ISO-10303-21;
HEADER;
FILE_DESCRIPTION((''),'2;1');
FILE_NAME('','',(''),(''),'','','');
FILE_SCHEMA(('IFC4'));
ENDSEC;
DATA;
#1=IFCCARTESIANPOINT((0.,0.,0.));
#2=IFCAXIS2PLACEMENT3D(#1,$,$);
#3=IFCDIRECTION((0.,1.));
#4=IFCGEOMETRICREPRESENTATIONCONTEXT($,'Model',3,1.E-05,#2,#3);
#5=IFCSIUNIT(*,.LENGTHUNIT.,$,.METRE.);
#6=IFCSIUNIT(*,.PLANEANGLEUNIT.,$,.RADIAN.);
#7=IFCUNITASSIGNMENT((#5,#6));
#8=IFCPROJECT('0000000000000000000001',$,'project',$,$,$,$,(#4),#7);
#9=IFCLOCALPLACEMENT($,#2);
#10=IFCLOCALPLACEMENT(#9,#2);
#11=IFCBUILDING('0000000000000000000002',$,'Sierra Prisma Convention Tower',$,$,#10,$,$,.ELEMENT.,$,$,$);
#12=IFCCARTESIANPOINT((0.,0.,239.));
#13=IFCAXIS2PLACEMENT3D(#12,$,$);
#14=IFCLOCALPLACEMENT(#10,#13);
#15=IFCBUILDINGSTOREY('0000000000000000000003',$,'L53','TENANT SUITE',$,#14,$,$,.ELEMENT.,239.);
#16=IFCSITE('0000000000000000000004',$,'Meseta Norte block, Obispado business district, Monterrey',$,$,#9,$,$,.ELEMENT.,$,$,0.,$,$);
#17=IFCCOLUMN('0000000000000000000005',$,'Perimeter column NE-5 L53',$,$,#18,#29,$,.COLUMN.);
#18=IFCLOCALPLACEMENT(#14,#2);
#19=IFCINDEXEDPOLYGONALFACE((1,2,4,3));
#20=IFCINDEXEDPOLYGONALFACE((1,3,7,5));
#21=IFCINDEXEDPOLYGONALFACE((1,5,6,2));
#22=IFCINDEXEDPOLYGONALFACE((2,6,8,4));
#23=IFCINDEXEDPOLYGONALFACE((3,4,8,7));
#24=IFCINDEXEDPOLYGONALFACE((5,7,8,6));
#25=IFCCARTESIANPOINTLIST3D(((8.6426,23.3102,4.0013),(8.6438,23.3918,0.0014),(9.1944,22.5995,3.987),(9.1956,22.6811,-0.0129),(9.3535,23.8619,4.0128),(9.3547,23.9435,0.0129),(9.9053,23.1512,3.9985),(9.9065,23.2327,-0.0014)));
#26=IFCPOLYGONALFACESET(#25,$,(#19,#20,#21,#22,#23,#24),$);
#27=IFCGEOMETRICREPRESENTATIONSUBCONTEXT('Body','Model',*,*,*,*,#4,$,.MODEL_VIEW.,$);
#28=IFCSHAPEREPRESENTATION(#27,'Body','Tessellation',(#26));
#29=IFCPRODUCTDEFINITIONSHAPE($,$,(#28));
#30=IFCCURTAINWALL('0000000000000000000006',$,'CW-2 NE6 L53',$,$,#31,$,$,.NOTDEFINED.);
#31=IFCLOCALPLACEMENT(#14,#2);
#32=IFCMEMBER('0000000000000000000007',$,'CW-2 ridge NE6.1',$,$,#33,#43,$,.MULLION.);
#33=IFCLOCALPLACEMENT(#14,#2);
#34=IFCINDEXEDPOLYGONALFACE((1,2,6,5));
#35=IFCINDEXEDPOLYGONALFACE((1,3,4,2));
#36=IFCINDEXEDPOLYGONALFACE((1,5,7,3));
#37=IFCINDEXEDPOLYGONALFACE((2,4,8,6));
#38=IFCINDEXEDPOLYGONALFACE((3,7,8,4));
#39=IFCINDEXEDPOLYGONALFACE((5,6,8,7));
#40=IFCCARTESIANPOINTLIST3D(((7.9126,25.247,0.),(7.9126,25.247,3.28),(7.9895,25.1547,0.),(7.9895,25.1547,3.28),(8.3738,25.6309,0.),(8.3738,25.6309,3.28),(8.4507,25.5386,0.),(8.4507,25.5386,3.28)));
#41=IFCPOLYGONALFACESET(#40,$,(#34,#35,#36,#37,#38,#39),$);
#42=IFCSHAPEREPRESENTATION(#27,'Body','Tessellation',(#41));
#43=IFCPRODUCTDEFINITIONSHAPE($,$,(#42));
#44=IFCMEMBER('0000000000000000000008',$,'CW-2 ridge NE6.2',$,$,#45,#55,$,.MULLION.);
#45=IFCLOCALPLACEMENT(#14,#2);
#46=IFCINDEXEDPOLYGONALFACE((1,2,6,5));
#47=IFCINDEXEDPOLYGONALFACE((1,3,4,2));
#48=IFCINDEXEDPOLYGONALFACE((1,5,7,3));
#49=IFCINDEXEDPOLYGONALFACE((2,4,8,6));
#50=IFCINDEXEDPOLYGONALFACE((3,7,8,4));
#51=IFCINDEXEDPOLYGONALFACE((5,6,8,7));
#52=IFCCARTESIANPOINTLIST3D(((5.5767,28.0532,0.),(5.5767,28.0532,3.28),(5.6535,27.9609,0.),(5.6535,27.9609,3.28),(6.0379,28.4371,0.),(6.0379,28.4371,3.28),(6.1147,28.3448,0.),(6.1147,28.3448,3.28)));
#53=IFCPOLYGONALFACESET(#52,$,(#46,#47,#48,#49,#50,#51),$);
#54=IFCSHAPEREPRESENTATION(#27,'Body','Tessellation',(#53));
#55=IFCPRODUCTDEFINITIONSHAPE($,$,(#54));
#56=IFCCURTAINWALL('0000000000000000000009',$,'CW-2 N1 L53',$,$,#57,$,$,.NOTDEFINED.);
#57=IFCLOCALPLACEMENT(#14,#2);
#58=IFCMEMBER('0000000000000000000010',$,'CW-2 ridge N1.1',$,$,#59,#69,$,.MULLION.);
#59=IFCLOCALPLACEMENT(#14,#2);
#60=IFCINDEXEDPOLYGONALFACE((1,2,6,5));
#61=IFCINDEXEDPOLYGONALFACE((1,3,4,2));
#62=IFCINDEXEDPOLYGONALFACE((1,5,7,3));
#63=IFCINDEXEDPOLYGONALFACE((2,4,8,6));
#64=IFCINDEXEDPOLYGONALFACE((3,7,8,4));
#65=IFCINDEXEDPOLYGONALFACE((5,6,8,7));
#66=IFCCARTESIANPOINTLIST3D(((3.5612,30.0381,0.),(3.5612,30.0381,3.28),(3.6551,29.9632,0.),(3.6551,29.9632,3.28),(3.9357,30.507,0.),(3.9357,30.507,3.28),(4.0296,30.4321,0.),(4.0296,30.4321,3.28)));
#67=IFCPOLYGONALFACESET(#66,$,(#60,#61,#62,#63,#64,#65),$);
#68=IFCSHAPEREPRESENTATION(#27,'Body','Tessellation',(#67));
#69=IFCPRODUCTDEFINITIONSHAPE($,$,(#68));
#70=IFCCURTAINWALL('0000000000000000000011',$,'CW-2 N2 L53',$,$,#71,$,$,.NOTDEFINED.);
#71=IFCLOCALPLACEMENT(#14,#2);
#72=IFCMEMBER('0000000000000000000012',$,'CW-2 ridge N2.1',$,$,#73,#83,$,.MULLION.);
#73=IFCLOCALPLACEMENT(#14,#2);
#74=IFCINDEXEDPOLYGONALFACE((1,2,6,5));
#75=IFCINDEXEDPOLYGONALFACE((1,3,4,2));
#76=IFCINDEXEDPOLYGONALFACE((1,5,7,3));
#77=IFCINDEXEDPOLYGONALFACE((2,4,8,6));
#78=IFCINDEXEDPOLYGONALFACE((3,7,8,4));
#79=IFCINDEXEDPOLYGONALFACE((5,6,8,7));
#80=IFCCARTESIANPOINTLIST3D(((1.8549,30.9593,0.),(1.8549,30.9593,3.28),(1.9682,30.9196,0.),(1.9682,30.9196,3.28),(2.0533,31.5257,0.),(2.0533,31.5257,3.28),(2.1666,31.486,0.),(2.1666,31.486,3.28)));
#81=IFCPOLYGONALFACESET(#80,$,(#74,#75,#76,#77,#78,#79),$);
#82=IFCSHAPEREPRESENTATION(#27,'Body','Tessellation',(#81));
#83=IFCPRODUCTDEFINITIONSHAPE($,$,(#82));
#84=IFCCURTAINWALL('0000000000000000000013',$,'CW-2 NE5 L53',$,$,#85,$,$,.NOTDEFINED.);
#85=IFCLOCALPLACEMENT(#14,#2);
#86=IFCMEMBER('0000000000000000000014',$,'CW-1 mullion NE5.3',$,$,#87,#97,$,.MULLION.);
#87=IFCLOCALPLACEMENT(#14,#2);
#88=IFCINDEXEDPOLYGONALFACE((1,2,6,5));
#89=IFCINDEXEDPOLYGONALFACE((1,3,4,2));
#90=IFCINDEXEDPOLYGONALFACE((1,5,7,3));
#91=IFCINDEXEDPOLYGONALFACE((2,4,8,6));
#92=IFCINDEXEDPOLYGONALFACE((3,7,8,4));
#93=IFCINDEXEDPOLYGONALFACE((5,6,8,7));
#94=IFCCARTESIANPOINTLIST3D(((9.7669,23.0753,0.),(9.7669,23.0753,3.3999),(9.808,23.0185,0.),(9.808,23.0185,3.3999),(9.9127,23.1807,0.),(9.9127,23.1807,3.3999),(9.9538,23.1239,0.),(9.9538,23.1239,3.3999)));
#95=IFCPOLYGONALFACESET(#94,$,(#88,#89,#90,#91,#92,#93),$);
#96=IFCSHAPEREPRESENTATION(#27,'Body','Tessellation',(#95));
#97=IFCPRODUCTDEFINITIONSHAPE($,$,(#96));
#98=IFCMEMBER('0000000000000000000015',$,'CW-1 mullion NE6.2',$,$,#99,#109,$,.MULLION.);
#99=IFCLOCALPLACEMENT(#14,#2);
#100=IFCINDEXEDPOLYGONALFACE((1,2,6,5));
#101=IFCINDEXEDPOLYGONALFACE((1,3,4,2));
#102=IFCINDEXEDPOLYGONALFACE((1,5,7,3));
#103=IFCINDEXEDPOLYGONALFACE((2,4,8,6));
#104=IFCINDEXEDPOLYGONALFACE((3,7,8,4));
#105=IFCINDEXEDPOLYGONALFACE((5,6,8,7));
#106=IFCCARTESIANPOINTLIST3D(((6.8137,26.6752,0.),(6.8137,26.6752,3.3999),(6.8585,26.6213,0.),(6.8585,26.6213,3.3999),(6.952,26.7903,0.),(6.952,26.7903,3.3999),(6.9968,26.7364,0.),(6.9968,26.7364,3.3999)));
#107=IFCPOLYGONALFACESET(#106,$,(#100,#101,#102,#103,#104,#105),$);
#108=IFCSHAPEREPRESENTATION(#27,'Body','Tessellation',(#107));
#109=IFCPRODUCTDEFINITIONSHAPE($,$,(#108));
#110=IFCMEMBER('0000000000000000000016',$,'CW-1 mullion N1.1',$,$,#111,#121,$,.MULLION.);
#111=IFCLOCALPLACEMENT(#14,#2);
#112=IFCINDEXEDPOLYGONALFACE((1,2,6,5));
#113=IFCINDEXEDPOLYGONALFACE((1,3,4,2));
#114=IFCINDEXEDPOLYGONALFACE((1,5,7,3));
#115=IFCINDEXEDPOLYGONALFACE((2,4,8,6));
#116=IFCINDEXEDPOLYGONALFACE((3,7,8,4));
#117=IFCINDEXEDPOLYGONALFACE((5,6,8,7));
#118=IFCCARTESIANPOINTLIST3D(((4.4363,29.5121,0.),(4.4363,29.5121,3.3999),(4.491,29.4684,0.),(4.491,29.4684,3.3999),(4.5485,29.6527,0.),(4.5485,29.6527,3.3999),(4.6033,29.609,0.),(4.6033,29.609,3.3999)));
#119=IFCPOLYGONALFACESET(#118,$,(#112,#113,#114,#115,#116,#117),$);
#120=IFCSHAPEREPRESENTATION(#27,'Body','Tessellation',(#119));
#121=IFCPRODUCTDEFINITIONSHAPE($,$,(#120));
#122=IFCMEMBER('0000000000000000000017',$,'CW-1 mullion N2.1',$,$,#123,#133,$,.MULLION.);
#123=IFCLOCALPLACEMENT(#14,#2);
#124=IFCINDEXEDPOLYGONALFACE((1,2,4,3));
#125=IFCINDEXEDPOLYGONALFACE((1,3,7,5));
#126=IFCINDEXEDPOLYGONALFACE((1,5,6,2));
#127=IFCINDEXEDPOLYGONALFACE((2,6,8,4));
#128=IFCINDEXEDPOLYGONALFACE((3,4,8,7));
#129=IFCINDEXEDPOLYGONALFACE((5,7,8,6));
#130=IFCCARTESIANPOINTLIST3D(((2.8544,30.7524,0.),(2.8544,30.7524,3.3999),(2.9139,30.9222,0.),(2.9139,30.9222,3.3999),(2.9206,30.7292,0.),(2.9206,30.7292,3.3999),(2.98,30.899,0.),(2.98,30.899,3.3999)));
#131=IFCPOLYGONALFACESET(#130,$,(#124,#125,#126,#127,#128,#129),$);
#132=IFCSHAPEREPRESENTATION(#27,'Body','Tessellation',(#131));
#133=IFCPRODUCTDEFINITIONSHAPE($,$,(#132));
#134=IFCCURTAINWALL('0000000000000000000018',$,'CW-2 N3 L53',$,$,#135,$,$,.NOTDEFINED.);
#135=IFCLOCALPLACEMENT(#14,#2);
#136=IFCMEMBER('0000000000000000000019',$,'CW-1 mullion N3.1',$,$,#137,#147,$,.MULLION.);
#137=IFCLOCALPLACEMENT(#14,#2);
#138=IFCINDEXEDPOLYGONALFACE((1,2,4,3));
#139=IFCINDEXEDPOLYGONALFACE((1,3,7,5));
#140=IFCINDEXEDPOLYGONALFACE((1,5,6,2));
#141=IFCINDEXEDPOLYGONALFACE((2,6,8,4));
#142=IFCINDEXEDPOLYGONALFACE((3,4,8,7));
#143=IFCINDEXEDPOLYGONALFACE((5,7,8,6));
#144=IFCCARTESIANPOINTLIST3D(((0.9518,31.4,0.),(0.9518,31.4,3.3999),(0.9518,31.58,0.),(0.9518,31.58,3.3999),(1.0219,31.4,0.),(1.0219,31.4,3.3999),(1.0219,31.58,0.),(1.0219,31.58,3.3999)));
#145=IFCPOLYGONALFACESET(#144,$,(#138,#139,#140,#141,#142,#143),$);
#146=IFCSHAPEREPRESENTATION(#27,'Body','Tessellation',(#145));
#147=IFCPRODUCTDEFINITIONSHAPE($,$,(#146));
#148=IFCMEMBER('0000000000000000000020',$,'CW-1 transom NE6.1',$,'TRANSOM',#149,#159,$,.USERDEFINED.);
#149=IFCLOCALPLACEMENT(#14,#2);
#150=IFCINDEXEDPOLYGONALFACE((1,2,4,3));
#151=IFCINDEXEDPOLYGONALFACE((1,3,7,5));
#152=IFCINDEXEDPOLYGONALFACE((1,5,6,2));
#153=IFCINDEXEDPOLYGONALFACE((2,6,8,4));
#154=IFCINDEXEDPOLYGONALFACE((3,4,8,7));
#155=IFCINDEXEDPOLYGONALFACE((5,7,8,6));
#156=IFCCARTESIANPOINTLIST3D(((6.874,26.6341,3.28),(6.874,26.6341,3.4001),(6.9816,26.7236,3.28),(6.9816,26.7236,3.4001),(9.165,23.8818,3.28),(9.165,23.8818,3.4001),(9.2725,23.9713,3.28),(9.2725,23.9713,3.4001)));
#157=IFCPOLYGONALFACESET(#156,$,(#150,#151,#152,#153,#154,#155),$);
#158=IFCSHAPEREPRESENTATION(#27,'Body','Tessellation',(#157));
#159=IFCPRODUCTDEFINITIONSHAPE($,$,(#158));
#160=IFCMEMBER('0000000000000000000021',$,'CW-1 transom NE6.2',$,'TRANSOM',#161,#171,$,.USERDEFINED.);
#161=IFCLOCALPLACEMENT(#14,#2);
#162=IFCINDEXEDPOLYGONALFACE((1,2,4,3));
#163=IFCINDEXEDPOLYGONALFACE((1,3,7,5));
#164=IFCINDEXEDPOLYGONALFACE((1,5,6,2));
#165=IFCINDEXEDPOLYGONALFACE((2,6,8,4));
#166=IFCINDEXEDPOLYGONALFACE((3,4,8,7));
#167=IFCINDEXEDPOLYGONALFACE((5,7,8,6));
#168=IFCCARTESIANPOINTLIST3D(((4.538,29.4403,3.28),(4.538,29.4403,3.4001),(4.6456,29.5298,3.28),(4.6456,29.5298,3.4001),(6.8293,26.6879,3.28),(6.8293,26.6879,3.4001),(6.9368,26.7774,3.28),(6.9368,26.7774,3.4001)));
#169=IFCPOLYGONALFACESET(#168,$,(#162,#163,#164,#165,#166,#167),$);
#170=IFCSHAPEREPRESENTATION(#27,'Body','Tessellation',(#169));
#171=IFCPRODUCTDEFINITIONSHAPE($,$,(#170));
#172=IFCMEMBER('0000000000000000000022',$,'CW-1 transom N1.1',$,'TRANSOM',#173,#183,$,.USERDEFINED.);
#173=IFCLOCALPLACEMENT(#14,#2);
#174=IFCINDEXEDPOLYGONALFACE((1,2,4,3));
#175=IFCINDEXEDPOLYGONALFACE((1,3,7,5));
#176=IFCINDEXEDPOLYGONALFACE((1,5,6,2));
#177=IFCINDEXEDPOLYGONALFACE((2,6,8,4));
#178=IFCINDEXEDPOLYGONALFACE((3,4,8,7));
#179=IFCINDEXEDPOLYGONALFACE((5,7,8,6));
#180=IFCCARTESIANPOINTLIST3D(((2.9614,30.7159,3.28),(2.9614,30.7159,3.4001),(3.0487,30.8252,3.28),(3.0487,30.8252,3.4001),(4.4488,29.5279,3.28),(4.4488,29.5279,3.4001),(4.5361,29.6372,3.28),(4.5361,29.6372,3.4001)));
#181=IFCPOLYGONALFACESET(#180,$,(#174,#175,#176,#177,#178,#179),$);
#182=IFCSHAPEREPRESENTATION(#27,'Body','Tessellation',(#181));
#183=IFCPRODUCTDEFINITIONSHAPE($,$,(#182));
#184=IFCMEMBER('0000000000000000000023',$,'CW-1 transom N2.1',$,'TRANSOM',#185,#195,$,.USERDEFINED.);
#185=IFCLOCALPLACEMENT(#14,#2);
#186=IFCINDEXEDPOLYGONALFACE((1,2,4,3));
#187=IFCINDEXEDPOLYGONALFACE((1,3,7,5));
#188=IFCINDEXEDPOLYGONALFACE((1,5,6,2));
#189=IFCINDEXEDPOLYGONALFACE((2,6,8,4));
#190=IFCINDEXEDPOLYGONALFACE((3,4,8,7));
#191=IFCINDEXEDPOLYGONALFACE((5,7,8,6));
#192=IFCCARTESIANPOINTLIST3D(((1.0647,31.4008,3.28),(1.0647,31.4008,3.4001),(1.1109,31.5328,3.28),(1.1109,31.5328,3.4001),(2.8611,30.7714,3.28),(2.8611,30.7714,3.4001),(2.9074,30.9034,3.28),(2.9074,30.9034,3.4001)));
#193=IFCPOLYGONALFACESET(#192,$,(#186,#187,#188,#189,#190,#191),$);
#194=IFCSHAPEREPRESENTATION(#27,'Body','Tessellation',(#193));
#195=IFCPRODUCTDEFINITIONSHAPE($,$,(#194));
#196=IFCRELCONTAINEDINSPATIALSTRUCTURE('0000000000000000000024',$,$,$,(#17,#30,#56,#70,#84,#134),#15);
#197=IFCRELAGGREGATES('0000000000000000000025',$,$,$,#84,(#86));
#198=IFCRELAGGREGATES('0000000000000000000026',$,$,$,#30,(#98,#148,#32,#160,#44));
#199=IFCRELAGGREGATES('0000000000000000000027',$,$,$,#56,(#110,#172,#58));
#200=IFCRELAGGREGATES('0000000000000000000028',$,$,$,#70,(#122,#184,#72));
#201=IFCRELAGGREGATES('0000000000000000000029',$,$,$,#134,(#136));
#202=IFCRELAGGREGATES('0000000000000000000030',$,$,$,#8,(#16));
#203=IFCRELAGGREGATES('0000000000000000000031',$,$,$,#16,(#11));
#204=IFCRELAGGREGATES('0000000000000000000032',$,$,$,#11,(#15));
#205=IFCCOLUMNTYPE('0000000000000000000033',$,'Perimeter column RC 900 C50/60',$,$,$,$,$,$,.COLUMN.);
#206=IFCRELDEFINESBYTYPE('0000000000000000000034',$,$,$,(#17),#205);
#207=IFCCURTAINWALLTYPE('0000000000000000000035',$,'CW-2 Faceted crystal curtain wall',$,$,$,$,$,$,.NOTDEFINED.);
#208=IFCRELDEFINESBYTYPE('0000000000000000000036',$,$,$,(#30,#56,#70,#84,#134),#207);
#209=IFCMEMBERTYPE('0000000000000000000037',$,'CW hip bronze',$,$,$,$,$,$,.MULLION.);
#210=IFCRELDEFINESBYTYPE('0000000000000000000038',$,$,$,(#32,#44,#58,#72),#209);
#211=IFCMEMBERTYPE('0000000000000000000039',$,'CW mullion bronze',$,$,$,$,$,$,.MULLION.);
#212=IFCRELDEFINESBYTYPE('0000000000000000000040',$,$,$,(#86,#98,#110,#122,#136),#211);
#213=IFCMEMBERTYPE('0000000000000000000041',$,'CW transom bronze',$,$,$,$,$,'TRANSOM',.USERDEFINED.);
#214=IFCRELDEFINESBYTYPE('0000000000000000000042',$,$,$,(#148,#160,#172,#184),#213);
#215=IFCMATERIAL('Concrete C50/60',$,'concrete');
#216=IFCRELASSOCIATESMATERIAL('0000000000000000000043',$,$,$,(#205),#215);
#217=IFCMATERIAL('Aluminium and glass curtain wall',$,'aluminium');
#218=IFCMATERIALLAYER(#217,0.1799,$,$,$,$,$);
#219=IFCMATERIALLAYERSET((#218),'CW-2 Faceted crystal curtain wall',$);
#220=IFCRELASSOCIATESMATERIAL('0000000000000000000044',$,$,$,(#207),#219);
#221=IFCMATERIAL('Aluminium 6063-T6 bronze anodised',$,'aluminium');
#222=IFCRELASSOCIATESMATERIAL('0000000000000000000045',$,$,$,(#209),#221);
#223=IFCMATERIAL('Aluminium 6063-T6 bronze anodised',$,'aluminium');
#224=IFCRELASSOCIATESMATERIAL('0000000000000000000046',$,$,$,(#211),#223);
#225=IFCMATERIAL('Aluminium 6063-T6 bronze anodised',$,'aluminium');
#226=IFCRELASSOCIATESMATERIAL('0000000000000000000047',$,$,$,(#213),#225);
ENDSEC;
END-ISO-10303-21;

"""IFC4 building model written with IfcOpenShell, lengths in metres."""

from ifc_helpers import new_model, si_unit, direction, frame, origin, origin_2d, place, context, subcontext, project, spatial, rectangle, extrude, material, layer, layer_set, material_profile, profile_set, type_object, element, aggregate, save


model = new_model("IFC4")

# Units and contexts
model_context = context("Model", 3, precision=1e-05, world=origin(), true_north=direction((0.0, 1.0)))
body_context = subcontext(model_context, "Body", "Model", "MODEL_VIEW")
ifc_project = project(units=[si_unit("LENGTHUNIT", "METRE"), si_unit("PLANEANGLEUNIT", "RADIAN")], contexts=[model_context])

# Site, building, storey
site_placement = place(None, origin())
site = spatial("IfcSite", under=ifc_project, at=site_placement, Name="Meseta Norte block, Obispado business district, Monterrey", CompositionType="ELEMENT", RefElevation=0.0)
building_placement = place(site_placement, origin())
building = spatial("IfcBuilding", under=site, at=building_placement, Name="Sierra Prisma Convention Tower", CompositionType="ELEMENT")
storey_placement = place(building_placement, frame((0.0, 0.0, 239.0)))
storey = spatial("IfcBuildingStorey", under=building, at=storey_placement, Name="L53", Description="TENANT SUITE", CompositionType="ELEMENT", Elevation=239.0)

# Column
ifc_material_1 = material(Name="Concrete C50/60", Category="concrete")
ifc_material_profile_1 = material_profile(ifc_material_1, rectangle(XDim=0.8999, YDim=0.8999, at=origin_2d()), Name="Perimeter column RC 900 C50/60")
ifc_profile_set_1 = profile_set([ifc_material_profile_1], Name="Concrete C50/60")
column_type = type_object("IfcColumnType", Name="Perimeter column RC 900 C50/60", PredefinedType="COLUMN", material=ifc_profile_set_1)
column_placement = place(storey_placement, frame((9.2751, 23.3123, 0.0), z_axis=(-0.000305, -0.020382, 0.999792), x_axis=(-0.613179, 0.789784, 0.015913)))
element("IfcColumn", 1, at=column_placement, inside=storey, type_object=column_type, Name="Perimeter column NE-5 L53", PredefinedType="COLUMN", context=body_context, shape_type="SweptSolid", body=[
    extrude(rectangle(XDim=0.8999, YDim=0.8999, at=origin_2d()), origin(), (0.0, 0.0, 1.0), 4.0007),
])

# Curtain wall, members
ifc_material_2 = material(Name="Aluminium and glass curtain wall", Category="aluminium")
ifc_layer_1 = layer(ifc_material_2, 0.1799)
ifc_layer_set_1 = layer_set([ifc_layer_1], Name="CW-2 Faceted crystal curtain wall")
curtain_wall_type = type_object("IfcCurtainWallType", Name="CW-2 Faceted crystal curtain wall", PredefinedType="NOTDEFINED", material=ifc_layer_set_1)
curtain_wall_1_placement = place(storey_placement, origin())
curtain_wall_1 = element("IfcCurtainWall", 2, at=curtain_wall_1_placement, inside=storey, type_object=curtain_wall_type, Name="CW-2 NE6 L53", PredefinedType="NOTDEFINED")
ifc_material_3 = material(Name="Aluminium 6063-T6 bronze anodised", Category="aluminium")
ifc_material_profile_2 = material_profile(ifc_material_3, rectangle(XDim=0.1201, YDim=0.6001, at=origin_2d()), Name="ALU RIDGE BLADE 120x600")
ifc_profile_set_2 = profile_set([ifc_material_profile_2], Name="Aluminium 6063-T6 bronze anodised")
member_type_1 = type_object("IfcMemberType", Name="CW hip bronze", PredefinedType="MULLION", material=ifc_profile_set_2)
member_1_placement = place(storey_placement, frame((8.1816, 25.3928, 0.0), z_axis=(0.0, 0.0, 1.0), x_axis=(-0.639769, 0.768567, 0.0)))
member_1 = element("IfcMember", 3, at=member_1_placement, type_object=member_type_1, Name="CW-2 ridge NE6.1", PredefinedType="MULLION", context=body_context, shape_type="SweptSolid", body=[
    extrude(rectangle(XDim=0.1201, YDim=0.6001, at=origin_2d()), origin(), (0.0, 0.0, 1.0), 3.28),
])
member_2_placement = place(storey_placement, frame((5.8457, 28.199, 0.0), z_axis=(0.0, 0.0, 1.0), x_axis=(-0.639769, 0.768567, 0.0)))
member_2 = element("IfcMember", 4, at=member_2_placement, type_object=member_type_1, Name="CW-2 ridge NE6.2", PredefinedType="MULLION", context=body_context, shape_type="SweptSolid", body=[
    extrude(rectangle(XDim=0.1201, YDim=0.6001, at=origin_2d()), origin(), (0.0, 0.0, 1.0), 3.28),
])

# Curtain walls, members
curtain_wall_2_placement = place(storey_placement, origin())
curtain_wall_2 = element("IfcCurtainWall", 5, at=curtain_wall_2_placement, inside=storey, type_object=curtain_wall_type, Name="CW-2 N1 L53", PredefinedType="NOTDEFINED")
member_3_placement = place(storey_placement, frame((3.7954, 30.2351, 0.0), z_axis=(0.0, 0.0, 1.0), x_axis=(-0.781342, 0.624103, 0.0)))
member_3 = element("IfcMember", 6, at=member_3_placement, type_object=member_type_1, Name="CW-2 ridge N1.1", PredefinedType="MULLION", context=body_context, shape_type="SweptSolid", body=[
    extrude(rectangle(XDim=0.1201, YDim=0.6001, at=origin_2d()), origin(), (0.0, 0.0, 1.0), 3.28),
])
curtain_wall_3_placement = place(storey_placement, origin())
curtain_wall_3 = element("IfcCurtainWall", 7, at=curtain_wall_3_placement, inside=storey, type_object=curtain_wall_type, Name="CW-2 N2 L53", PredefinedType="NOTDEFINED")
member_4_placement = place(storey_placement, frame((2.0107, 31.2227, 0.0), z_axis=(0.0, 0.0, 1.0), x_axis=(-0.943754, 0.330649, 0.0)))
member_4 = element("IfcMember", 8, at=member_4_placement, type_object=member_type_1, Name="CW-2 ridge N2.1", PredefinedType="MULLION", context=body_context, shape_type="SweptSolid", body=[
    extrude(rectangle(XDim=0.1201, YDim=0.6001, at=origin_2d()), origin(), (0.0, 0.0, 1.0), 3.28),
])
curtain_wall_4_placement = place(storey_placement, origin())
curtain_wall_4 = element("IfcCurtainWall", 9, at=curtain_wall_4_placement, inside=storey, type_object=curtain_wall_type, Name="CW-2 NE5 L53", PredefinedType="NOTDEFINED")
ifc_material_4 = material(Name="Aluminium 6063-T6 bronze anodised", Category="aluminium")
ifc_material_profile_3 = material_profile(ifc_material_4, rectangle(XDim=0.1799, YDim=0.0701, at=origin_2d()), Name="ALU MULLION 70x180")
ifc_profile_set_3 = profile_set([ifc_material_profile_3], Name="Aluminium 6063-T6 bronze anodised")
member_type_2 = type_object("IfcMemberType", Name="CW mullion bronze", PredefinedType="MULLION", material=ifc_profile_set_3)
member_5_placement = place(storey_placement, frame((9.8604, 23.0996, 0.0), z_axis=(0.0, 0.0, 1.0), x_axis=(-0.810402, -0.585874, 0.0)))
member_5 = element("IfcMember", 10, at=member_5_placement, type_object=member_type_2, Name="CW-1 mullion NE5.3", PredefinedType="MULLION", context=body_context, shape_type="SweptSolid", body=[
    extrude(rectangle(XDim=0.1799, YDim=0.0701, at=origin_2d()), origin(), (0.0, 0.0, 1.0), 3.3999),
])
aggregate(curtain_wall_4, [member_5])

# Members
member_6_placement = place(storey_placement, frame((6.9053, 26.7058, 0.0), z_axis=(0.0, 0.0, 1.0), x_axis=(-0.768567, -0.639769, 0.0)))
member_6 = element("IfcMember", 11, at=member_6_placement, type_object=member_type_2, Name="CW-1 mullion NE6.2", PredefinedType="MULLION", context=body_context, shape_type="SweptSolid", body=[
    extrude(rectangle(XDim=0.1799, YDim=0.0701, at=origin_2d()), origin(), (0.0, 0.0, 1.0), 3.3999),
])
member_7_placement = place(storey_placement, frame((4.5198, 29.5605, 0.0), z_axis=(0.0, 0.0, 1.0), x_axis=(-0.624103, -0.781342, 0.0)))
member_7 = element("IfcMember", 12, at=member_7_placement, type_object=member_type_2, Name="CW-1 mullion N1.1", PredefinedType="MULLION", context=body_context, shape_type="SweptSolid", body=[
    extrude(rectangle(XDim=0.1799, YDim=0.0701, at=origin_2d()), origin(), (0.0, 0.0, 1.0), 3.3999),
])
member_8_placement = place(storey_placement, frame((2.9172, 30.8257, 0.0), z_axis=(0.0, 0.0, 1.0), x_axis=(-0.330649, -0.943754, 0.0)))
member_8 = element("IfcMember", 13, at=member_8_placement, type_object=member_type_2, Name="CW-1 mullion N2.1", PredefinedType="MULLION", context=body_context, shape_type="SweptSolid", body=[
    extrude(rectangle(XDim=0.1799, YDim=0.0701, at=origin_2d()), origin(), (0.0, 0.0, 1.0), 3.3999),
])

# Curtain wall, member
curtain_wall_5_placement = place(storey_placement, origin())
curtain_wall_5 = element("IfcCurtainWall", 14, at=curtain_wall_5_placement, inside=storey, type_object=curtain_wall_type, Name="CW-2 N3 L53", PredefinedType="NOTDEFINED")
member_9_placement = place(storey_placement, frame((0.9868, 31.49, 0.0), z_axis=(0.0, 0.0, 1.0), x_axis=(0.0, -1.0, 0.0)))
member_9 = element("IfcMember", 15, at=member_9_placement, type_object=member_type_2, Name="CW-1 mullion N3.1", PredefinedType="MULLION", context=body_context, shape_type="SweptSolid", body=[
    extrude(rectangle(XDim=0.1799, YDim=0.0701, at=origin_2d()), origin(), (0.0, 0.0, 1.0), 3.3999),
])

# Members
ifc_material_5 = material(Name="Aluminium 6063-T6 bronze anodised", Category="aluminium")
ifc_material_profile_4 = material_profile(ifc_material_5, rectangle(XDim=0.1399, YDim=0.1201, at=origin_2d()), Name="ALU TRANSOM 120x140")
ifc_profile_set_4 = profile_set([ifc_material_profile_4], Name="Aluminium 6063-T6 bronze anodised")
member_type_3 = type_object("IfcMemberType", Name="CW transom bronze", ElementType="TRANSOM", PredefinedType="USERDEFINED", material=ifc_profile_set_4)
member_10_placement = place(storey_placement, frame((9.2188, 23.9265, 3.3401), z_axis=(-0.639742, 0.76859, 0.0), x_axis=(-0.76859, -0.639742, 0.0)))
member_10 = element("IfcMember", 16, at=member_10_placement, type_object=member_type_3, Name="CW-1 transom NE6.1", ObjectType="TRANSOM", PredefinedType="USERDEFINED", context=body_context, shape_type="SweptSolid", body=[
    extrude(rectangle(XDim=0.1399, YDim=0.1201, at=origin_2d()), origin(), (0.0, 0.0, 1.0), 3.5811),
])
member_11_placement = place(storey_placement, frame((6.8831, 26.7327, 3.3401), z_axis=(-0.639782, 0.768556, 0.0), x_axis=(-0.768556, -0.639782, 0.0)))
member_11 = element("IfcMember", 17, at=member_11_placement, type_object=member_type_3, Name="CW-1 transom NE6.2", ObjectType="TRANSOM", PredefinedType="USERDEFINED", context=body_context, shape_type="SweptSolid", body=[
    extrude(rectangle(XDim=0.1399, YDim=0.1201, at=origin_2d()), origin(), (0.0, 0.0, 1.0), 3.5813),
])
member_12_placement = place(storey_placement, frame((4.4924, 29.5825, 3.3401), z_axis=(-0.781344, 0.624101, 0.0), x_axis=(-0.624101, -0.781344, 0.0)))
member_12 = element("IfcMember", 18, at=member_12_placement, type_object=member_type_3, Name="CW-1 transom N1.1", ObjectType="TRANSOM", PredefinedType="USERDEFINED", context=body_context, shape_type="SweptSolid", body=[
    extrude(rectangle(XDim=0.1399, YDim=0.1201, at=origin_2d()), origin(), (0.0, 0.0, 1.0), 1.9036),
])
member_13_placement = place(storey_placement, frame((2.8843, 30.8374, 3.3401), z_axis=(-0.94375, 0.330659, 0.0), x_axis=(-0.330659, -0.94375, 0.0)))
member_13 = element("IfcMember", 19, at=member_13_placement, type_object=member_type_3, Name="CW-1 transom N2.1", ObjectType="TRANSOM", PredefinedType="USERDEFINED", context=body_context, shape_type="SweptSolid", body=[
    extrude(rectangle(XDim=0.1399, YDim=0.1201, at=origin_2d()), origin(), (0.0, 0.0, 1.0), 1.9036),
])

aggregate(curtain_wall_1, [member_6, member_10, member_1, member_11, member_2])
aggregate(curtain_wall_2, [member_7, member_12, member_3])
aggregate(curtain_wall_3, [member_8, member_13, member_4])
aggregate(curtain_wall_5, [member_9])

save(model, "model.ifc")
